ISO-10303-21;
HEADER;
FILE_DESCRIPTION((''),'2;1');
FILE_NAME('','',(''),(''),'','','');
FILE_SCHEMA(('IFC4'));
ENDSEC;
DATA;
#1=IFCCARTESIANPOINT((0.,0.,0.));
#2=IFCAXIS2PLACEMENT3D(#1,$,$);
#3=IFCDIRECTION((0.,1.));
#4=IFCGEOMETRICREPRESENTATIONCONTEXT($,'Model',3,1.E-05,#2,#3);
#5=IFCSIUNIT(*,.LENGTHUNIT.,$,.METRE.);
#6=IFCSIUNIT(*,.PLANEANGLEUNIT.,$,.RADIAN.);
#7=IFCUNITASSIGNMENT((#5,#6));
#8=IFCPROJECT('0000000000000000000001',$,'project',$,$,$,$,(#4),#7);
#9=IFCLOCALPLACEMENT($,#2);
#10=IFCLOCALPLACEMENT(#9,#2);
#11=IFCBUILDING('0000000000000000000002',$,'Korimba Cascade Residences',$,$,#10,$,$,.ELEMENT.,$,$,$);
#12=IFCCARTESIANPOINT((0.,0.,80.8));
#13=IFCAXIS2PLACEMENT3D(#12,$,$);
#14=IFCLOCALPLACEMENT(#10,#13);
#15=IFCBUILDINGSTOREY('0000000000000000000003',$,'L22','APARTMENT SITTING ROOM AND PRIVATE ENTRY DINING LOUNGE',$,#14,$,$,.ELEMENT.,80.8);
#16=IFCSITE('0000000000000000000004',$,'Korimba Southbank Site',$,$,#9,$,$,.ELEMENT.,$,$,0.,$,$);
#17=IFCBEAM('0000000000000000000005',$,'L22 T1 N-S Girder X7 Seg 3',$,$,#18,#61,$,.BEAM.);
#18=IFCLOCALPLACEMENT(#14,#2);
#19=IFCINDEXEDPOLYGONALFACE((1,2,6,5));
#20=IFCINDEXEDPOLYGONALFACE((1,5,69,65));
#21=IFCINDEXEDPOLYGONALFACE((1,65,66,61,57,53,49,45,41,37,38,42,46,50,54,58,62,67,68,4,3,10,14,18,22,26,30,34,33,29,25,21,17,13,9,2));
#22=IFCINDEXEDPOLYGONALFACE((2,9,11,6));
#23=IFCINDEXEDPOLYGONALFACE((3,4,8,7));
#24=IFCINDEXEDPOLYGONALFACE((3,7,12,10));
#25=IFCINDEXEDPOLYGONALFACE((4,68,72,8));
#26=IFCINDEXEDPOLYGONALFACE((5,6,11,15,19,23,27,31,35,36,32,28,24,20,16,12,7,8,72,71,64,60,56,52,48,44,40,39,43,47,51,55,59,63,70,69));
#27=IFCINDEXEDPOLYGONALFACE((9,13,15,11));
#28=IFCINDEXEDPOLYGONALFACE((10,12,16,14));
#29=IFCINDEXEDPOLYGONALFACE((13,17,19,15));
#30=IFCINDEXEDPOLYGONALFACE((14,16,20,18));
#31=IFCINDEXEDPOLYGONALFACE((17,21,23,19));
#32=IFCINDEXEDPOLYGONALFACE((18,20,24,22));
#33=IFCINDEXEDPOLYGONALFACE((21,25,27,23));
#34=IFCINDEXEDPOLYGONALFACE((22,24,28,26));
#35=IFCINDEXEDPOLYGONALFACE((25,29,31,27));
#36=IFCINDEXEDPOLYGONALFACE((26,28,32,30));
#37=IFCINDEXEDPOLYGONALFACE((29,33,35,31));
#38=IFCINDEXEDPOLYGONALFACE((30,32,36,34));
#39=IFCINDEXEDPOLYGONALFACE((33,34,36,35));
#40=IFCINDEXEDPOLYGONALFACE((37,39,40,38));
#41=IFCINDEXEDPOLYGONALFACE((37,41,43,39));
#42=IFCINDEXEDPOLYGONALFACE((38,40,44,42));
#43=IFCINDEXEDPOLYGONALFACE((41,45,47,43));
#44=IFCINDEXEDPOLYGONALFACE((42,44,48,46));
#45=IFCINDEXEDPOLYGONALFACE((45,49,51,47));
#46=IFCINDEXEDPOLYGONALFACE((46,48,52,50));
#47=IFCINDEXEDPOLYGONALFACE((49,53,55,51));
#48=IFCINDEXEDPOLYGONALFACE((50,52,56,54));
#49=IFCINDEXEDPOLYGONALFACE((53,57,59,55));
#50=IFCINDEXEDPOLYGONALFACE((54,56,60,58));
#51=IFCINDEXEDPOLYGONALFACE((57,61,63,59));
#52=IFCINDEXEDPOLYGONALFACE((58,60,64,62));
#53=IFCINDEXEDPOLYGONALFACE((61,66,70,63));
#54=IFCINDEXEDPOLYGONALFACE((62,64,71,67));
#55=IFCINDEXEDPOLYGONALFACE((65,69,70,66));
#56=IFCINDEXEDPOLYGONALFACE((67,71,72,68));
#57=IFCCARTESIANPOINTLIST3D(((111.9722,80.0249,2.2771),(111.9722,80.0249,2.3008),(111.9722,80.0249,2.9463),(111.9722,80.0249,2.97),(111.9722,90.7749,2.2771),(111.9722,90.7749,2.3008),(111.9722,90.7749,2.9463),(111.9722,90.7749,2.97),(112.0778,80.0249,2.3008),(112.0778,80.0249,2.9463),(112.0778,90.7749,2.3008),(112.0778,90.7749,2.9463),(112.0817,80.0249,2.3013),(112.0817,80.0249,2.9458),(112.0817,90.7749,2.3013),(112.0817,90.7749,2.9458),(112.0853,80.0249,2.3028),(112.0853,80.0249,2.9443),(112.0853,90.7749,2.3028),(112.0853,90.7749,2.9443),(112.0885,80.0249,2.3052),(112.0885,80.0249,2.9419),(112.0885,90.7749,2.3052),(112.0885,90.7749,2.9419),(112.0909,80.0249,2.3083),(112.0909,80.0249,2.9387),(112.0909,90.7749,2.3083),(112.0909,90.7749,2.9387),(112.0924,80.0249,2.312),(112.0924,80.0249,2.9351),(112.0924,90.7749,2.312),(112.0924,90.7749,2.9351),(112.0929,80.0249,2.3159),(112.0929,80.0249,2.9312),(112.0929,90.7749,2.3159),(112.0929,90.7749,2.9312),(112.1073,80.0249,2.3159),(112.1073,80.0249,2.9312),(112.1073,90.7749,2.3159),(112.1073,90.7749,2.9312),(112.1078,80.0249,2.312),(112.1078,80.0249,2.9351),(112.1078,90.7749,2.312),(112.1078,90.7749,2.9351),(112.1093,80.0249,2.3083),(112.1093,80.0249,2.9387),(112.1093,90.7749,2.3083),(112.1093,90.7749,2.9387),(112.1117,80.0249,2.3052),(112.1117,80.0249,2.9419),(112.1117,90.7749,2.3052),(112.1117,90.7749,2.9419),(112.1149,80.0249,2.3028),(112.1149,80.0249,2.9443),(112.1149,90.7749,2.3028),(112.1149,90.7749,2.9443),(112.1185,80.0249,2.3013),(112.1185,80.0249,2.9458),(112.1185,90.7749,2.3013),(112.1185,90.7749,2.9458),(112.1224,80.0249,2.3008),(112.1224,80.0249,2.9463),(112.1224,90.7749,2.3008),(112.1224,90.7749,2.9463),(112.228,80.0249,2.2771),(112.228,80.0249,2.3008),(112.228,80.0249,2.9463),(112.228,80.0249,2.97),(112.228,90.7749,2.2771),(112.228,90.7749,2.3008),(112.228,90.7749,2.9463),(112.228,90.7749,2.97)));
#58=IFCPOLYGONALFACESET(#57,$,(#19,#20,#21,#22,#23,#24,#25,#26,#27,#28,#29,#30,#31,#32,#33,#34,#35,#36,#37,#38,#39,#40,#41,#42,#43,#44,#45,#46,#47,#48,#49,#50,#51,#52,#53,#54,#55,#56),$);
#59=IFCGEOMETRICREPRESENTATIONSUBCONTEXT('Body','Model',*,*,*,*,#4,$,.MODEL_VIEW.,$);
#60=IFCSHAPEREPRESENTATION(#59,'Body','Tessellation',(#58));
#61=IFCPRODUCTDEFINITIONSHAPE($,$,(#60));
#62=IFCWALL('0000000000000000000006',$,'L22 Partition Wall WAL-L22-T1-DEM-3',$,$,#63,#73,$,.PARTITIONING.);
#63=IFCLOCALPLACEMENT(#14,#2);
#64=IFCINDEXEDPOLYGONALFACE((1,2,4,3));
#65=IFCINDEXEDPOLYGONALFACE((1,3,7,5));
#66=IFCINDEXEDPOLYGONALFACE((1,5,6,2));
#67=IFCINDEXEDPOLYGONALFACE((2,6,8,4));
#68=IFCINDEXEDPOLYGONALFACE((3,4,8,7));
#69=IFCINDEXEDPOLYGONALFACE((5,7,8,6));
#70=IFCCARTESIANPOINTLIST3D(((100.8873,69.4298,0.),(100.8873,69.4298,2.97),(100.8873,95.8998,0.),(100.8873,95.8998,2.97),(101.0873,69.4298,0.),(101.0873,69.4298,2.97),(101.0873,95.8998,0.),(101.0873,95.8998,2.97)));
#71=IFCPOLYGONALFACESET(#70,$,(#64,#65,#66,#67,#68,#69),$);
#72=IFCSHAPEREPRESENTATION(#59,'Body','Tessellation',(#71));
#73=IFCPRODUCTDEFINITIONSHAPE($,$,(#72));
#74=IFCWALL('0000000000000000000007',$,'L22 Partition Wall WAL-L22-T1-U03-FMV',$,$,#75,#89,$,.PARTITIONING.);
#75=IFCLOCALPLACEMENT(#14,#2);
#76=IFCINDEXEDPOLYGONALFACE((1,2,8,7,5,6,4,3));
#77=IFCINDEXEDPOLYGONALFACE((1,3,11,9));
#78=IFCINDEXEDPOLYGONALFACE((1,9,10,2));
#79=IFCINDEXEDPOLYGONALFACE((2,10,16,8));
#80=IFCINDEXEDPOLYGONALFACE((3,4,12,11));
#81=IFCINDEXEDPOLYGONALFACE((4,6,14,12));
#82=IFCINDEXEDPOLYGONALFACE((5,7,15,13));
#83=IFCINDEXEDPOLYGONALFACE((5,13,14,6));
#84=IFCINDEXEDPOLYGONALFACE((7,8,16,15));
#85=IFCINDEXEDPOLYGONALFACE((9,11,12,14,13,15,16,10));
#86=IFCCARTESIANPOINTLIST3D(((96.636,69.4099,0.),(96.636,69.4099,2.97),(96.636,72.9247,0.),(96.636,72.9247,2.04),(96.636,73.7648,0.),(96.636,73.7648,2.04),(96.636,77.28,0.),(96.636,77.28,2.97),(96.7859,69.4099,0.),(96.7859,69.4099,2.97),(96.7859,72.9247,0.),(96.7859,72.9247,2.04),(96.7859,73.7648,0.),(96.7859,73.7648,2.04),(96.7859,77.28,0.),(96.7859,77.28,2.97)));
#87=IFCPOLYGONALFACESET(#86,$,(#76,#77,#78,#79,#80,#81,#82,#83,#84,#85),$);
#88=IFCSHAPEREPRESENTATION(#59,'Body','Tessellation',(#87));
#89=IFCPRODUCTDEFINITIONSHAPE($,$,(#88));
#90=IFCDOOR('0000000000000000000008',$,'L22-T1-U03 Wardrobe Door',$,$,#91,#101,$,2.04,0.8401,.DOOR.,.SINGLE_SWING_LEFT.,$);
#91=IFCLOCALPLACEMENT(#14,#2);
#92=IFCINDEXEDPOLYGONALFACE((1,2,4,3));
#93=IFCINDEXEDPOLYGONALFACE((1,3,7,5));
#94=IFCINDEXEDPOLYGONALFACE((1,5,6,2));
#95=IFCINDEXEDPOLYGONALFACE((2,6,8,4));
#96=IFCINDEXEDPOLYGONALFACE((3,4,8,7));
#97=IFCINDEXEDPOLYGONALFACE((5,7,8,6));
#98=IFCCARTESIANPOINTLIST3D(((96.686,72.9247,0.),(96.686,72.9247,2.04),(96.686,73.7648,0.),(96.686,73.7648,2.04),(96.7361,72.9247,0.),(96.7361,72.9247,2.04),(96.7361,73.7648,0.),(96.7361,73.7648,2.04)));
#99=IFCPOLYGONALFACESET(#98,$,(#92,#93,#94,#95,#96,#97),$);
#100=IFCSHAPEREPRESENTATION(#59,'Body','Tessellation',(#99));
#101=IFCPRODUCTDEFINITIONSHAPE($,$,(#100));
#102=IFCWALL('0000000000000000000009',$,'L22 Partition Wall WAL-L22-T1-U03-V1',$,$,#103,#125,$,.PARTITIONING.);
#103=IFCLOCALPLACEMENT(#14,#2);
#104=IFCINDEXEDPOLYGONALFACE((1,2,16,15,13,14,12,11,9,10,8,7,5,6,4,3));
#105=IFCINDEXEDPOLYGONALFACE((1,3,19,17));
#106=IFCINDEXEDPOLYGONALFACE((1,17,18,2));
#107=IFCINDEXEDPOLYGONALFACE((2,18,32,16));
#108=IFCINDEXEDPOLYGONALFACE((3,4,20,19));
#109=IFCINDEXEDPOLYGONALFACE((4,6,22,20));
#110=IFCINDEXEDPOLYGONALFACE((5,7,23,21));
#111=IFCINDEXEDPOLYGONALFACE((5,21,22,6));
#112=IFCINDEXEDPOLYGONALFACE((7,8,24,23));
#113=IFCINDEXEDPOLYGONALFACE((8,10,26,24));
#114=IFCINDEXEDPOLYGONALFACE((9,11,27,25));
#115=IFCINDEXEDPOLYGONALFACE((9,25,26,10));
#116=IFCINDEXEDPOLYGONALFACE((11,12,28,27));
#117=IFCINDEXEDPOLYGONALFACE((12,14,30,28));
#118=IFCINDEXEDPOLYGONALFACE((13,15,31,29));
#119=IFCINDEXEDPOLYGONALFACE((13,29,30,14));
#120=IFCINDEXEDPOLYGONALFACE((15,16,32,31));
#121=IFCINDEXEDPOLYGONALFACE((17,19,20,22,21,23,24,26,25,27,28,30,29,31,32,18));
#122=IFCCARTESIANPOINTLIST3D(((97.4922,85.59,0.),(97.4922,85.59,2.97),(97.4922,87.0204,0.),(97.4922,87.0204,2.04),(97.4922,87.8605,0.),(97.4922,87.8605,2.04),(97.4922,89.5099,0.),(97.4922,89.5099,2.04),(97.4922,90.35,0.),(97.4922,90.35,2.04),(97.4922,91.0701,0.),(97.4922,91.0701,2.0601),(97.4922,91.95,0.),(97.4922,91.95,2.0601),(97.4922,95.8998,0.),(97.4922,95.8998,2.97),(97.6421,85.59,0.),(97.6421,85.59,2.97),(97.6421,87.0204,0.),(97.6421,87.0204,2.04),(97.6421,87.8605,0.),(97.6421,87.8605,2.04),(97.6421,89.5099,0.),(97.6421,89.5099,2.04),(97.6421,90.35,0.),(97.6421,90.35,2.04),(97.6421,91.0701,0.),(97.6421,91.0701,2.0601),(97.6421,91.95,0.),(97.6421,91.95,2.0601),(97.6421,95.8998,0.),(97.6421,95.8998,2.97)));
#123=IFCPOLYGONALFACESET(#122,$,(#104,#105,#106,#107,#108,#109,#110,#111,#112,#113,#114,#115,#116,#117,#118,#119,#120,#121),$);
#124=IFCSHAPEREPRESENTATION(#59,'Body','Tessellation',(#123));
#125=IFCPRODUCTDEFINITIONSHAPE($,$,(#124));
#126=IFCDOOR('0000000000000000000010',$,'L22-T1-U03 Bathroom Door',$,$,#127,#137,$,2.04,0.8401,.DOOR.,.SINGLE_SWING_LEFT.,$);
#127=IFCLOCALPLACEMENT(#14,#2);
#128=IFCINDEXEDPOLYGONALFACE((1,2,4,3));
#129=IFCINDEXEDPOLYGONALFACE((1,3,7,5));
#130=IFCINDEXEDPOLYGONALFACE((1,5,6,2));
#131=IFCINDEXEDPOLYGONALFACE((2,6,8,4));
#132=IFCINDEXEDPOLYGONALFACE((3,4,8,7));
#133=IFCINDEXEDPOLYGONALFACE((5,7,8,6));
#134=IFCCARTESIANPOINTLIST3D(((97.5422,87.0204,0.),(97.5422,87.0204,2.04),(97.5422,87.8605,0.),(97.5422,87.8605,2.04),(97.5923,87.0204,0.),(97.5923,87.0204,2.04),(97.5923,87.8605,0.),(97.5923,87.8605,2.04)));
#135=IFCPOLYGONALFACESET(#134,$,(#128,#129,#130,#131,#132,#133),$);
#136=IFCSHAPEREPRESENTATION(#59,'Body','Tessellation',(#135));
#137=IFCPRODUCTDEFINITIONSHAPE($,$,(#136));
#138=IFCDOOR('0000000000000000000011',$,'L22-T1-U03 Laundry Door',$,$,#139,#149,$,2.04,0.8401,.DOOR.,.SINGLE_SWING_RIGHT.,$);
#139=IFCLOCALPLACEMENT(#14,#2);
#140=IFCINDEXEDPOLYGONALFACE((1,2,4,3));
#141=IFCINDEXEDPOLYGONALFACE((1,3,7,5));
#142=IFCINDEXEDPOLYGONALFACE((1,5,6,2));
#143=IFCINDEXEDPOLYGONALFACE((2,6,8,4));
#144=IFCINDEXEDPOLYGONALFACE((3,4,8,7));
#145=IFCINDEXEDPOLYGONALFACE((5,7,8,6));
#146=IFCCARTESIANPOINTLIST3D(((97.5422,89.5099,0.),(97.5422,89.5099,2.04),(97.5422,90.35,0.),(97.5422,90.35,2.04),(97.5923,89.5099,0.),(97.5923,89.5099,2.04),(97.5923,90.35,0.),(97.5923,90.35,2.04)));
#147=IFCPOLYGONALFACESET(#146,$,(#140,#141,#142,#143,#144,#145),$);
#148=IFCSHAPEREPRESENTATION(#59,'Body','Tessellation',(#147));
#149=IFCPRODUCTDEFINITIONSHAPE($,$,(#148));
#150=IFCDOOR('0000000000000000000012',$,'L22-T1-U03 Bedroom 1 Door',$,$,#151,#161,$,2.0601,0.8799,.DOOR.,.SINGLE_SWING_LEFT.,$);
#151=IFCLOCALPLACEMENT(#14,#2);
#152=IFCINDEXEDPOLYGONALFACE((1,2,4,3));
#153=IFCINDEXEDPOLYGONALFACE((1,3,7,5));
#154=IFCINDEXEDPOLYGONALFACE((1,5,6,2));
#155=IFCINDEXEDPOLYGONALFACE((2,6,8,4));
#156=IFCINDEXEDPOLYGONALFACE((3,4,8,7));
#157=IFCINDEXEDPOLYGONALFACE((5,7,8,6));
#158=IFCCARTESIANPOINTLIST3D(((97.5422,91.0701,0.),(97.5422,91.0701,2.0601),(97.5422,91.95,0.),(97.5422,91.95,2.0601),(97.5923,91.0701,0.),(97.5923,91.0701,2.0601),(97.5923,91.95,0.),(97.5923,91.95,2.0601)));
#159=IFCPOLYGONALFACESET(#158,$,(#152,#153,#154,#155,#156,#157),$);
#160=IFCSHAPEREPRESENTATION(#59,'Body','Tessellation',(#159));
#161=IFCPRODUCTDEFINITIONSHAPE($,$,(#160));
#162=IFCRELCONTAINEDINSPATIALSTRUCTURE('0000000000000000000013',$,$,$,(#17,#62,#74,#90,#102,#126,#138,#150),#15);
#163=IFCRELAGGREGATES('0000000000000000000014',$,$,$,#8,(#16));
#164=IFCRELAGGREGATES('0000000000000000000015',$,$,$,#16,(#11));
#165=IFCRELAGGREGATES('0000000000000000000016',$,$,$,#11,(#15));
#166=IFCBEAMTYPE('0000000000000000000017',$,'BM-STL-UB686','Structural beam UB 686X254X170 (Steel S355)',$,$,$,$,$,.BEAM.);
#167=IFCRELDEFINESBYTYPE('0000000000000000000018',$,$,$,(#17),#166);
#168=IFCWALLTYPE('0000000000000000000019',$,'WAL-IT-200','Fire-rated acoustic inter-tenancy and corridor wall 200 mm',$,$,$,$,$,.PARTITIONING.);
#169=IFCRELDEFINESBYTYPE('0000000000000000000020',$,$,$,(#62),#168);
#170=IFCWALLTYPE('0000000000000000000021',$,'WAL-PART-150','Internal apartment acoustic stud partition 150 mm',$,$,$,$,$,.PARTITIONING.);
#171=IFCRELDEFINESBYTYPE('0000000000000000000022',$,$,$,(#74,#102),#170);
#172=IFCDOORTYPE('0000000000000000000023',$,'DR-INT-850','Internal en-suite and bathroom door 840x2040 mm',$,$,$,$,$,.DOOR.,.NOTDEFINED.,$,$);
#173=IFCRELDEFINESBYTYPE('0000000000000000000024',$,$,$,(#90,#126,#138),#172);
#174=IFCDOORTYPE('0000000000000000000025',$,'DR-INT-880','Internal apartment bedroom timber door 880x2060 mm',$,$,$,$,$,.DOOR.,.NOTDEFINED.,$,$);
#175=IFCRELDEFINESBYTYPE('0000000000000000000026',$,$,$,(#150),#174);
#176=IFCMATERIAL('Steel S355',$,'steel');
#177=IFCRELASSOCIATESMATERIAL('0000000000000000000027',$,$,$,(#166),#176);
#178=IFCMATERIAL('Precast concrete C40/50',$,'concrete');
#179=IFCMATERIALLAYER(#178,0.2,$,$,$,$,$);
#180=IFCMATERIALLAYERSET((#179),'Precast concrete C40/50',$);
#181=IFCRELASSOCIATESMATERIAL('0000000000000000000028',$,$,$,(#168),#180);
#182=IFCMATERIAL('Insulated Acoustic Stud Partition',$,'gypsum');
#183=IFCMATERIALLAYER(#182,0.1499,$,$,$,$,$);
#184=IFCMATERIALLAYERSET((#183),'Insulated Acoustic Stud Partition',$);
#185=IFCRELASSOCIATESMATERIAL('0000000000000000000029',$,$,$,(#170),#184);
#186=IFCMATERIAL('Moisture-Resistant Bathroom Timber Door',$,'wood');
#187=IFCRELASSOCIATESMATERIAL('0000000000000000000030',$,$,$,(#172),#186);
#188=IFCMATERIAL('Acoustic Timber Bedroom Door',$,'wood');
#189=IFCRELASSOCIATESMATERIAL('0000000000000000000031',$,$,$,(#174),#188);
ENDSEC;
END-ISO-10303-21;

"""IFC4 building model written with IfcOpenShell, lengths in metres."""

from ifc_helpers import new_model, si_unit, direction, frame, frame_2d, origin, origin_2d, place, context, subcontext, project, spatial, rectangle, i_section, extrude, material, layer, layer_set, material_profile, profile_set, type_object, element, fill, save


model = new_model("IFC4")

# Units and contexts
model_context = context("Model", 3, precision=1e-05, world=origin(), true_north=direction((0.0, 1.0)))
body_context = subcontext(model_context, "Body", "Model", "MODEL_VIEW")
ifc_project = project(units=[si_unit("LENGTHUNIT", "METRE"), si_unit("PLANEANGLEUNIT", "RADIAN")], contexts=[model_context])

# Site, building, storey
site_placement = place(None, origin())
site = spatial("IfcSite", under=ifc_project, at=site_placement, Name="Korimba Southbank Site", CompositionType="ELEMENT", RefElevation=0.0)
building_placement = place(site_placement, origin())
building = spatial("IfcBuilding", under=site, at=building_placement, Name="Korimba Cascade Residences", CompositionType="ELEMENT")
storey_placement = place(building_placement, frame((0.0, 0.0, 80.8)))
storey = spatial("IfcBuildingStorey", under=building, at=storey_placement, Name="L22", Description="APARTMENT SITTING ROOM AND PRIVATE ENTRY DINING LOUNGE", CompositionType="ELEMENT", Elevation=80.8)

# Beam
ifc_material_1 = material(Name="Steel S355", Category="steel")
ifc_material_profile_1 = material_profile(ifc_material_1, i_section(OverallWidth=0.2559, OverallDepth=0.6929, WebThickness=0.0144, FlangeThickness=0.0237, FilletRadius=0.0151, at=origin_2d()), Name="Steel S355")
ifc_profile_set_1 = profile_set([ifc_material_profile_1], Name="Steel S355")
beam_type_1 = type_object("IfcBeamType", Name="BM-STL-UB686", Description="Structural beam UB 686X254X170 (Steel S355)", PredefinedType="BEAM", material=ifc_profile_set_1)
for number, where, z_axis, x_axis, name in (
    (1, (112.1001, 80.0249, 2.6235), (0.0, 1.0, 0.0), (-1.0, 0.0, 0.0), "L22 T1 N-S Girder X7 Seg 3"),
):
    element("IfcBeam", number, at=place(storey_placement, frame(where, z_axis=z_axis, x_axis=x_axis)), inside=storey, type_object=beam_type_1, Name=name, PredefinedType="BEAM", context=body_context, shape_type="SweptSolid", body=[
        extrude(i_section(OverallWidth=0.2559, OverallDepth=0.6929, WebThickness=0.0144, FlangeThickness=0.0237, FilletRadius=0.0151, at=origin_2d()), origin(), (0.0, 0.0, 1.0), 10.75),
    ])

# Wall
ifc_material_2 = material(Name="Precast concrete C40/50", Category="concrete")
ifc_layer_1 = layer(ifc_material_2, 0.2)
ifc_layer_set_1 = layer_set([ifc_layer_1], Name="Precast concrete C40/50")
wall_type_1 = type_object("IfcWallType", Name="WAL-IT-200", Description="Fire-rated acoustic inter-tenancy and corridor wall 200 mm", PredefinedType="PARTITIONING", material=ifc_layer_set_1)
wall_1_placement = place(storey_placement, frame((100.9873, 69.4299, 0.0), z_axis=(0.0, 0.0, 1.0), x_axis=(0.0, 1.0, 0.0)))
element("IfcWall", 2, at=wall_1_placement, inside=storey, type_object=wall_type_1, Name="L22 Partition Wall WAL-L22-T1-DEM-3", PredefinedType="PARTITIONING", context=body_context, shape_type="SweptSolid", body=[
    extrude(rectangle(XDim=26.47, YDim=0.2, at=frame_2d((13.2349, 0.0))), origin(), (0.0, 0.0, 1.0), 2.97),
])

# Wall, opening, door
ifc_material_3 = material(Name="Insulated Acoustic Stud Partition", Category="gypsum")
ifc_layer_2 = layer(ifc_material_3, 0.1499)
ifc_layer_set_2 = layer_set([ifc_layer_2], Name="Insulated Acoustic Stud Partition")
wall_type_2 = type_object("IfcWallType", Name="WAL-PART-150", Description="Internal apartment acoustic stud partition 150 mm", PredefinedType="PARTITIONING", material=ifc_layer_set_2)
wall_2_placement = place(storey_placement, frame((96.7109, 69.4099, 0.0), z_axis=(0.0, 0.0, 1.0), x_axis=(0.0, 1.0, 0.0)))
wall_2 = element("IfcWall", 3, at=wall_2_placement, inside=storey, type_object=wall_type_2, Name="L22 Partition Wall WAL-L22-T1-U03-FMV", PredefinedType="PARTITIONING", context=body_context, shape_type="SweptSolid", body=[
    extrude(rectangle(XDim=7.8701, YDim=0.1499, at=frame_2d((3.9351, 0.0))), origin(), (0.0, 0.0, 1.0), 2.97),
])
opening_1_placement = place(wall_2_placement, frame((3.5149, 0.0, 0.0)))
opening_1 = element("IfcOpeningElement", 4, at=opening_1_placement, cuts=wall_2, PredefinedType="OPENING", context=body_context, shape_type="SweptSolid", body=[
    extrude(rectangle(XDim=0.8401, YDim=2.04, at=frame_2d((0.4199, 1.02))), frame((0.0, 0.085, 0.0), z_axis=(0.0, -1.0, 0.0), x_axis=(1.0, 0.0, 0.0)), (0.0, 0.0, 1.0), 0.1699),
])
ifc_material_4 = material(Name="Moisture-Resistant Bathroom Timber Door", Category="wood")
door_type_1 = type_object("IfcDoorType", Name="DR-INT-850", Description="Internal en-suite and bathroom door 840x2040 mm", OperationType="NOTDEFINED", PredefinedType="DOOR", material=ifc_material_4)
door_1_placement = place(opening_1_placement, origin())
door_1 = element("IfcDoor", 5, at=door_1_placement, inside=storey, type_object=door_type_1, Name="L22-T1-U03 Wardrobe Door", OperationType="SINGLE_SWING_LEFT", OverallHeight=2.04, OverallWidth=0.8401, PredefinedType="DOOR", context=body_context, shape_type="SweptSolid", body=[
    extrude(rectangle(XDim=0.8401, YDim=2.04, at=frame_2d((0.4199, 1.02))), frame((0.0, 0.0249, 0.0), z_axis=(0.0, -1.0, 0.0), x_axis=(1.0, 0.0, 0.0)), (0.0, 0.0, 1.0), 0.05),
])
fill(opening_1, door_1)

# Wall, openings, doors
wall_3_placement = place(storey_placement, frame((97.5671, 85.5901, 0.0), z_axis=(0.0, 0.0, 1.0), x_axis=(0.0, 1.0, 0.0)))
wall_3 = element("IfcWall", 6, at=wall_3_placement, inside=storey, type_object=wall_type_2, Name="L22 Partition Wall WAL-L22-T1-U03-V1", PredefinedType="PARTITIONING", context=body_context, shape_type="SweptSolid", body=[
    extrude(rectangle(XDim=10.3098, YDim=0.1499, at=frame_2d((5.1548, 0.0))), origin(), (0.0, 0.0, 1.0), 2.97),
])
opening_2_placement = place(wall_3_placement, frame((1.4304, 0.0, 0.0)))
opening_2 = element("IfcOpeningElement", 7, at=opening_2_placement, cuts=wall_3, PredefinedType="OPENING", context=body_context, shape_type="SweptSolid", body=[
    extrude(rectangle(XDim=0.8401, YDim=2.04, at=frame_2d((0.4199, 1.02))), frame((0.0, 0.085, 0.0), z_axis=(0.0, -1.0, 0.0), x_axis=(1.0, 0.0, 0.0)), (0.0, 0.0, 1.0), 0.1699),
])
opening_3_placement = place(wall_3_placement, frame((3.9199, 0.0, 0.0)))
opening_3 = element("IfcOpeningElement", 8, at=opening_3_placement, cuts=wall_3, PredefinedType="OPENING", context=body_context, shape_type="SweptSolid", body=[
    extrude(rectangle(XDim=0.8401, YDim=2.04, at=frame_2d((0.4199, 1.02))), frame((0.0, 0.085, 0.0), z_axis=(0.0, -1.0, 0.0), x_axis=(1.0, 0.0, 0.0)), (0.0, 0.0, 1.0), 0.1699),
])
opening_4_placement = place(wall_3_placement, frame((5.48, 0.0, 0.0)))
opening_4 = element("IfcOpeningElement", 9, at=opening_4_placement, cuts=wall_3, PredefinedType="OPENING", context=body_context, shape_type="SweptSolid", body=[
    extrude(rectangle(XDim=0.8799, YDim=2.0601, at=frame_2d((0.4399, 1.03))), frame((0.0, 0.085, 0.0), z_axis=(0.0, -1.0, 0.0), x_axis=(1.0, 0.0, 0.0)), (0.0, 0.0, 1.0), 0.1699),
])
door_2_placement = place(opening_2_placement, origin())
door_2 = element("IfcDoor", 10, at=door_2_placement, inside=storey, type_object=door_type_1, Name="L22-T1-U03 Bathroom Door", OperationType="SINGLE_SWING_LEFT", OverallHeight=2.04, OverallWidth=0.8401, PredefinedType="DOOR", context=body_context, shape_type="SweptSolid", body=[
    extrude(rectangle(XDim=0.8401, YDim=2.04, at=frame_2d((0.4199, 1.02))), frame((0.0, 0.0249, 0.0), z_axis=(0.0, -1.0, 0.0), x_axis=(1.0, 0.0, 0.0)), (0.0, 0.0, 1.0), 0.05),
])
fill(opening_2, door_2)
door_3_placement = place(opening_3_placement, origin())
door_3 = element("IfcDoor", 11, at=door_3_placement, inside=storey, type_object=door_type_1, Name="L22-T1-U03 Laundry Door", OperationType="SINGLE_SWING_RIGHT", OverallHeight=2.04, OverallWidth=0.8401, PredefinedType="DOOR", context=body_context, shape_type="SweptSolid", body=[
    extrude(rectangle(XDim=0.8401, YDim=2.04, at=frame_2d((0.4199, 1.02))), frame((0.0, 0.0249, 0.0), z_axis=(0.0, -1.0, 0.0), x_axis=(1.0, 0.0, 0.0)), (0.0, 0.0, 1.0), 0.05),
])
fill(opening_3, door_3)
ifc_material_5 = material(Name="Acoustic Timber Bedroom Door", Category="wood")
door_type_2 = type_object("IfcDoorType", Name="DR-INT-880", Description="Internal apartment bedroom timber door 880x2060 mm", OperationType="NOTDEFINED", PredefinedType="DOOR", material=ifc_material_5)
door_4_placement = place(opening_4_placement, origin())
door_4 = element("IfcDoor", 12, at=door_4_placement, inside=storey, type_object=door_type_2, Name="L22-T1-U03 Bedroom 1 Door", OperationType="SINGLE_SWING_LEFT", OverallHeight=2.0601, OverallWidth=0.8799, PredefinedType="DOOR", context=body_context, shape_type="SweptSolid", body=[
    extrude(rectangle(XDim=0.8799, YDim=2.0601, at=frame_2d((0.4399, 1.03))), frame((0.0, 0.0249, 0.0), z_axis=(0.0, -1.0, 0.0), x_axis=(1.0, 0.0, 0.0)), (0.0, 0.0, 1.0), 0.05),
])
fill(opening_4, door_4)

save(model, "model.ifc")
